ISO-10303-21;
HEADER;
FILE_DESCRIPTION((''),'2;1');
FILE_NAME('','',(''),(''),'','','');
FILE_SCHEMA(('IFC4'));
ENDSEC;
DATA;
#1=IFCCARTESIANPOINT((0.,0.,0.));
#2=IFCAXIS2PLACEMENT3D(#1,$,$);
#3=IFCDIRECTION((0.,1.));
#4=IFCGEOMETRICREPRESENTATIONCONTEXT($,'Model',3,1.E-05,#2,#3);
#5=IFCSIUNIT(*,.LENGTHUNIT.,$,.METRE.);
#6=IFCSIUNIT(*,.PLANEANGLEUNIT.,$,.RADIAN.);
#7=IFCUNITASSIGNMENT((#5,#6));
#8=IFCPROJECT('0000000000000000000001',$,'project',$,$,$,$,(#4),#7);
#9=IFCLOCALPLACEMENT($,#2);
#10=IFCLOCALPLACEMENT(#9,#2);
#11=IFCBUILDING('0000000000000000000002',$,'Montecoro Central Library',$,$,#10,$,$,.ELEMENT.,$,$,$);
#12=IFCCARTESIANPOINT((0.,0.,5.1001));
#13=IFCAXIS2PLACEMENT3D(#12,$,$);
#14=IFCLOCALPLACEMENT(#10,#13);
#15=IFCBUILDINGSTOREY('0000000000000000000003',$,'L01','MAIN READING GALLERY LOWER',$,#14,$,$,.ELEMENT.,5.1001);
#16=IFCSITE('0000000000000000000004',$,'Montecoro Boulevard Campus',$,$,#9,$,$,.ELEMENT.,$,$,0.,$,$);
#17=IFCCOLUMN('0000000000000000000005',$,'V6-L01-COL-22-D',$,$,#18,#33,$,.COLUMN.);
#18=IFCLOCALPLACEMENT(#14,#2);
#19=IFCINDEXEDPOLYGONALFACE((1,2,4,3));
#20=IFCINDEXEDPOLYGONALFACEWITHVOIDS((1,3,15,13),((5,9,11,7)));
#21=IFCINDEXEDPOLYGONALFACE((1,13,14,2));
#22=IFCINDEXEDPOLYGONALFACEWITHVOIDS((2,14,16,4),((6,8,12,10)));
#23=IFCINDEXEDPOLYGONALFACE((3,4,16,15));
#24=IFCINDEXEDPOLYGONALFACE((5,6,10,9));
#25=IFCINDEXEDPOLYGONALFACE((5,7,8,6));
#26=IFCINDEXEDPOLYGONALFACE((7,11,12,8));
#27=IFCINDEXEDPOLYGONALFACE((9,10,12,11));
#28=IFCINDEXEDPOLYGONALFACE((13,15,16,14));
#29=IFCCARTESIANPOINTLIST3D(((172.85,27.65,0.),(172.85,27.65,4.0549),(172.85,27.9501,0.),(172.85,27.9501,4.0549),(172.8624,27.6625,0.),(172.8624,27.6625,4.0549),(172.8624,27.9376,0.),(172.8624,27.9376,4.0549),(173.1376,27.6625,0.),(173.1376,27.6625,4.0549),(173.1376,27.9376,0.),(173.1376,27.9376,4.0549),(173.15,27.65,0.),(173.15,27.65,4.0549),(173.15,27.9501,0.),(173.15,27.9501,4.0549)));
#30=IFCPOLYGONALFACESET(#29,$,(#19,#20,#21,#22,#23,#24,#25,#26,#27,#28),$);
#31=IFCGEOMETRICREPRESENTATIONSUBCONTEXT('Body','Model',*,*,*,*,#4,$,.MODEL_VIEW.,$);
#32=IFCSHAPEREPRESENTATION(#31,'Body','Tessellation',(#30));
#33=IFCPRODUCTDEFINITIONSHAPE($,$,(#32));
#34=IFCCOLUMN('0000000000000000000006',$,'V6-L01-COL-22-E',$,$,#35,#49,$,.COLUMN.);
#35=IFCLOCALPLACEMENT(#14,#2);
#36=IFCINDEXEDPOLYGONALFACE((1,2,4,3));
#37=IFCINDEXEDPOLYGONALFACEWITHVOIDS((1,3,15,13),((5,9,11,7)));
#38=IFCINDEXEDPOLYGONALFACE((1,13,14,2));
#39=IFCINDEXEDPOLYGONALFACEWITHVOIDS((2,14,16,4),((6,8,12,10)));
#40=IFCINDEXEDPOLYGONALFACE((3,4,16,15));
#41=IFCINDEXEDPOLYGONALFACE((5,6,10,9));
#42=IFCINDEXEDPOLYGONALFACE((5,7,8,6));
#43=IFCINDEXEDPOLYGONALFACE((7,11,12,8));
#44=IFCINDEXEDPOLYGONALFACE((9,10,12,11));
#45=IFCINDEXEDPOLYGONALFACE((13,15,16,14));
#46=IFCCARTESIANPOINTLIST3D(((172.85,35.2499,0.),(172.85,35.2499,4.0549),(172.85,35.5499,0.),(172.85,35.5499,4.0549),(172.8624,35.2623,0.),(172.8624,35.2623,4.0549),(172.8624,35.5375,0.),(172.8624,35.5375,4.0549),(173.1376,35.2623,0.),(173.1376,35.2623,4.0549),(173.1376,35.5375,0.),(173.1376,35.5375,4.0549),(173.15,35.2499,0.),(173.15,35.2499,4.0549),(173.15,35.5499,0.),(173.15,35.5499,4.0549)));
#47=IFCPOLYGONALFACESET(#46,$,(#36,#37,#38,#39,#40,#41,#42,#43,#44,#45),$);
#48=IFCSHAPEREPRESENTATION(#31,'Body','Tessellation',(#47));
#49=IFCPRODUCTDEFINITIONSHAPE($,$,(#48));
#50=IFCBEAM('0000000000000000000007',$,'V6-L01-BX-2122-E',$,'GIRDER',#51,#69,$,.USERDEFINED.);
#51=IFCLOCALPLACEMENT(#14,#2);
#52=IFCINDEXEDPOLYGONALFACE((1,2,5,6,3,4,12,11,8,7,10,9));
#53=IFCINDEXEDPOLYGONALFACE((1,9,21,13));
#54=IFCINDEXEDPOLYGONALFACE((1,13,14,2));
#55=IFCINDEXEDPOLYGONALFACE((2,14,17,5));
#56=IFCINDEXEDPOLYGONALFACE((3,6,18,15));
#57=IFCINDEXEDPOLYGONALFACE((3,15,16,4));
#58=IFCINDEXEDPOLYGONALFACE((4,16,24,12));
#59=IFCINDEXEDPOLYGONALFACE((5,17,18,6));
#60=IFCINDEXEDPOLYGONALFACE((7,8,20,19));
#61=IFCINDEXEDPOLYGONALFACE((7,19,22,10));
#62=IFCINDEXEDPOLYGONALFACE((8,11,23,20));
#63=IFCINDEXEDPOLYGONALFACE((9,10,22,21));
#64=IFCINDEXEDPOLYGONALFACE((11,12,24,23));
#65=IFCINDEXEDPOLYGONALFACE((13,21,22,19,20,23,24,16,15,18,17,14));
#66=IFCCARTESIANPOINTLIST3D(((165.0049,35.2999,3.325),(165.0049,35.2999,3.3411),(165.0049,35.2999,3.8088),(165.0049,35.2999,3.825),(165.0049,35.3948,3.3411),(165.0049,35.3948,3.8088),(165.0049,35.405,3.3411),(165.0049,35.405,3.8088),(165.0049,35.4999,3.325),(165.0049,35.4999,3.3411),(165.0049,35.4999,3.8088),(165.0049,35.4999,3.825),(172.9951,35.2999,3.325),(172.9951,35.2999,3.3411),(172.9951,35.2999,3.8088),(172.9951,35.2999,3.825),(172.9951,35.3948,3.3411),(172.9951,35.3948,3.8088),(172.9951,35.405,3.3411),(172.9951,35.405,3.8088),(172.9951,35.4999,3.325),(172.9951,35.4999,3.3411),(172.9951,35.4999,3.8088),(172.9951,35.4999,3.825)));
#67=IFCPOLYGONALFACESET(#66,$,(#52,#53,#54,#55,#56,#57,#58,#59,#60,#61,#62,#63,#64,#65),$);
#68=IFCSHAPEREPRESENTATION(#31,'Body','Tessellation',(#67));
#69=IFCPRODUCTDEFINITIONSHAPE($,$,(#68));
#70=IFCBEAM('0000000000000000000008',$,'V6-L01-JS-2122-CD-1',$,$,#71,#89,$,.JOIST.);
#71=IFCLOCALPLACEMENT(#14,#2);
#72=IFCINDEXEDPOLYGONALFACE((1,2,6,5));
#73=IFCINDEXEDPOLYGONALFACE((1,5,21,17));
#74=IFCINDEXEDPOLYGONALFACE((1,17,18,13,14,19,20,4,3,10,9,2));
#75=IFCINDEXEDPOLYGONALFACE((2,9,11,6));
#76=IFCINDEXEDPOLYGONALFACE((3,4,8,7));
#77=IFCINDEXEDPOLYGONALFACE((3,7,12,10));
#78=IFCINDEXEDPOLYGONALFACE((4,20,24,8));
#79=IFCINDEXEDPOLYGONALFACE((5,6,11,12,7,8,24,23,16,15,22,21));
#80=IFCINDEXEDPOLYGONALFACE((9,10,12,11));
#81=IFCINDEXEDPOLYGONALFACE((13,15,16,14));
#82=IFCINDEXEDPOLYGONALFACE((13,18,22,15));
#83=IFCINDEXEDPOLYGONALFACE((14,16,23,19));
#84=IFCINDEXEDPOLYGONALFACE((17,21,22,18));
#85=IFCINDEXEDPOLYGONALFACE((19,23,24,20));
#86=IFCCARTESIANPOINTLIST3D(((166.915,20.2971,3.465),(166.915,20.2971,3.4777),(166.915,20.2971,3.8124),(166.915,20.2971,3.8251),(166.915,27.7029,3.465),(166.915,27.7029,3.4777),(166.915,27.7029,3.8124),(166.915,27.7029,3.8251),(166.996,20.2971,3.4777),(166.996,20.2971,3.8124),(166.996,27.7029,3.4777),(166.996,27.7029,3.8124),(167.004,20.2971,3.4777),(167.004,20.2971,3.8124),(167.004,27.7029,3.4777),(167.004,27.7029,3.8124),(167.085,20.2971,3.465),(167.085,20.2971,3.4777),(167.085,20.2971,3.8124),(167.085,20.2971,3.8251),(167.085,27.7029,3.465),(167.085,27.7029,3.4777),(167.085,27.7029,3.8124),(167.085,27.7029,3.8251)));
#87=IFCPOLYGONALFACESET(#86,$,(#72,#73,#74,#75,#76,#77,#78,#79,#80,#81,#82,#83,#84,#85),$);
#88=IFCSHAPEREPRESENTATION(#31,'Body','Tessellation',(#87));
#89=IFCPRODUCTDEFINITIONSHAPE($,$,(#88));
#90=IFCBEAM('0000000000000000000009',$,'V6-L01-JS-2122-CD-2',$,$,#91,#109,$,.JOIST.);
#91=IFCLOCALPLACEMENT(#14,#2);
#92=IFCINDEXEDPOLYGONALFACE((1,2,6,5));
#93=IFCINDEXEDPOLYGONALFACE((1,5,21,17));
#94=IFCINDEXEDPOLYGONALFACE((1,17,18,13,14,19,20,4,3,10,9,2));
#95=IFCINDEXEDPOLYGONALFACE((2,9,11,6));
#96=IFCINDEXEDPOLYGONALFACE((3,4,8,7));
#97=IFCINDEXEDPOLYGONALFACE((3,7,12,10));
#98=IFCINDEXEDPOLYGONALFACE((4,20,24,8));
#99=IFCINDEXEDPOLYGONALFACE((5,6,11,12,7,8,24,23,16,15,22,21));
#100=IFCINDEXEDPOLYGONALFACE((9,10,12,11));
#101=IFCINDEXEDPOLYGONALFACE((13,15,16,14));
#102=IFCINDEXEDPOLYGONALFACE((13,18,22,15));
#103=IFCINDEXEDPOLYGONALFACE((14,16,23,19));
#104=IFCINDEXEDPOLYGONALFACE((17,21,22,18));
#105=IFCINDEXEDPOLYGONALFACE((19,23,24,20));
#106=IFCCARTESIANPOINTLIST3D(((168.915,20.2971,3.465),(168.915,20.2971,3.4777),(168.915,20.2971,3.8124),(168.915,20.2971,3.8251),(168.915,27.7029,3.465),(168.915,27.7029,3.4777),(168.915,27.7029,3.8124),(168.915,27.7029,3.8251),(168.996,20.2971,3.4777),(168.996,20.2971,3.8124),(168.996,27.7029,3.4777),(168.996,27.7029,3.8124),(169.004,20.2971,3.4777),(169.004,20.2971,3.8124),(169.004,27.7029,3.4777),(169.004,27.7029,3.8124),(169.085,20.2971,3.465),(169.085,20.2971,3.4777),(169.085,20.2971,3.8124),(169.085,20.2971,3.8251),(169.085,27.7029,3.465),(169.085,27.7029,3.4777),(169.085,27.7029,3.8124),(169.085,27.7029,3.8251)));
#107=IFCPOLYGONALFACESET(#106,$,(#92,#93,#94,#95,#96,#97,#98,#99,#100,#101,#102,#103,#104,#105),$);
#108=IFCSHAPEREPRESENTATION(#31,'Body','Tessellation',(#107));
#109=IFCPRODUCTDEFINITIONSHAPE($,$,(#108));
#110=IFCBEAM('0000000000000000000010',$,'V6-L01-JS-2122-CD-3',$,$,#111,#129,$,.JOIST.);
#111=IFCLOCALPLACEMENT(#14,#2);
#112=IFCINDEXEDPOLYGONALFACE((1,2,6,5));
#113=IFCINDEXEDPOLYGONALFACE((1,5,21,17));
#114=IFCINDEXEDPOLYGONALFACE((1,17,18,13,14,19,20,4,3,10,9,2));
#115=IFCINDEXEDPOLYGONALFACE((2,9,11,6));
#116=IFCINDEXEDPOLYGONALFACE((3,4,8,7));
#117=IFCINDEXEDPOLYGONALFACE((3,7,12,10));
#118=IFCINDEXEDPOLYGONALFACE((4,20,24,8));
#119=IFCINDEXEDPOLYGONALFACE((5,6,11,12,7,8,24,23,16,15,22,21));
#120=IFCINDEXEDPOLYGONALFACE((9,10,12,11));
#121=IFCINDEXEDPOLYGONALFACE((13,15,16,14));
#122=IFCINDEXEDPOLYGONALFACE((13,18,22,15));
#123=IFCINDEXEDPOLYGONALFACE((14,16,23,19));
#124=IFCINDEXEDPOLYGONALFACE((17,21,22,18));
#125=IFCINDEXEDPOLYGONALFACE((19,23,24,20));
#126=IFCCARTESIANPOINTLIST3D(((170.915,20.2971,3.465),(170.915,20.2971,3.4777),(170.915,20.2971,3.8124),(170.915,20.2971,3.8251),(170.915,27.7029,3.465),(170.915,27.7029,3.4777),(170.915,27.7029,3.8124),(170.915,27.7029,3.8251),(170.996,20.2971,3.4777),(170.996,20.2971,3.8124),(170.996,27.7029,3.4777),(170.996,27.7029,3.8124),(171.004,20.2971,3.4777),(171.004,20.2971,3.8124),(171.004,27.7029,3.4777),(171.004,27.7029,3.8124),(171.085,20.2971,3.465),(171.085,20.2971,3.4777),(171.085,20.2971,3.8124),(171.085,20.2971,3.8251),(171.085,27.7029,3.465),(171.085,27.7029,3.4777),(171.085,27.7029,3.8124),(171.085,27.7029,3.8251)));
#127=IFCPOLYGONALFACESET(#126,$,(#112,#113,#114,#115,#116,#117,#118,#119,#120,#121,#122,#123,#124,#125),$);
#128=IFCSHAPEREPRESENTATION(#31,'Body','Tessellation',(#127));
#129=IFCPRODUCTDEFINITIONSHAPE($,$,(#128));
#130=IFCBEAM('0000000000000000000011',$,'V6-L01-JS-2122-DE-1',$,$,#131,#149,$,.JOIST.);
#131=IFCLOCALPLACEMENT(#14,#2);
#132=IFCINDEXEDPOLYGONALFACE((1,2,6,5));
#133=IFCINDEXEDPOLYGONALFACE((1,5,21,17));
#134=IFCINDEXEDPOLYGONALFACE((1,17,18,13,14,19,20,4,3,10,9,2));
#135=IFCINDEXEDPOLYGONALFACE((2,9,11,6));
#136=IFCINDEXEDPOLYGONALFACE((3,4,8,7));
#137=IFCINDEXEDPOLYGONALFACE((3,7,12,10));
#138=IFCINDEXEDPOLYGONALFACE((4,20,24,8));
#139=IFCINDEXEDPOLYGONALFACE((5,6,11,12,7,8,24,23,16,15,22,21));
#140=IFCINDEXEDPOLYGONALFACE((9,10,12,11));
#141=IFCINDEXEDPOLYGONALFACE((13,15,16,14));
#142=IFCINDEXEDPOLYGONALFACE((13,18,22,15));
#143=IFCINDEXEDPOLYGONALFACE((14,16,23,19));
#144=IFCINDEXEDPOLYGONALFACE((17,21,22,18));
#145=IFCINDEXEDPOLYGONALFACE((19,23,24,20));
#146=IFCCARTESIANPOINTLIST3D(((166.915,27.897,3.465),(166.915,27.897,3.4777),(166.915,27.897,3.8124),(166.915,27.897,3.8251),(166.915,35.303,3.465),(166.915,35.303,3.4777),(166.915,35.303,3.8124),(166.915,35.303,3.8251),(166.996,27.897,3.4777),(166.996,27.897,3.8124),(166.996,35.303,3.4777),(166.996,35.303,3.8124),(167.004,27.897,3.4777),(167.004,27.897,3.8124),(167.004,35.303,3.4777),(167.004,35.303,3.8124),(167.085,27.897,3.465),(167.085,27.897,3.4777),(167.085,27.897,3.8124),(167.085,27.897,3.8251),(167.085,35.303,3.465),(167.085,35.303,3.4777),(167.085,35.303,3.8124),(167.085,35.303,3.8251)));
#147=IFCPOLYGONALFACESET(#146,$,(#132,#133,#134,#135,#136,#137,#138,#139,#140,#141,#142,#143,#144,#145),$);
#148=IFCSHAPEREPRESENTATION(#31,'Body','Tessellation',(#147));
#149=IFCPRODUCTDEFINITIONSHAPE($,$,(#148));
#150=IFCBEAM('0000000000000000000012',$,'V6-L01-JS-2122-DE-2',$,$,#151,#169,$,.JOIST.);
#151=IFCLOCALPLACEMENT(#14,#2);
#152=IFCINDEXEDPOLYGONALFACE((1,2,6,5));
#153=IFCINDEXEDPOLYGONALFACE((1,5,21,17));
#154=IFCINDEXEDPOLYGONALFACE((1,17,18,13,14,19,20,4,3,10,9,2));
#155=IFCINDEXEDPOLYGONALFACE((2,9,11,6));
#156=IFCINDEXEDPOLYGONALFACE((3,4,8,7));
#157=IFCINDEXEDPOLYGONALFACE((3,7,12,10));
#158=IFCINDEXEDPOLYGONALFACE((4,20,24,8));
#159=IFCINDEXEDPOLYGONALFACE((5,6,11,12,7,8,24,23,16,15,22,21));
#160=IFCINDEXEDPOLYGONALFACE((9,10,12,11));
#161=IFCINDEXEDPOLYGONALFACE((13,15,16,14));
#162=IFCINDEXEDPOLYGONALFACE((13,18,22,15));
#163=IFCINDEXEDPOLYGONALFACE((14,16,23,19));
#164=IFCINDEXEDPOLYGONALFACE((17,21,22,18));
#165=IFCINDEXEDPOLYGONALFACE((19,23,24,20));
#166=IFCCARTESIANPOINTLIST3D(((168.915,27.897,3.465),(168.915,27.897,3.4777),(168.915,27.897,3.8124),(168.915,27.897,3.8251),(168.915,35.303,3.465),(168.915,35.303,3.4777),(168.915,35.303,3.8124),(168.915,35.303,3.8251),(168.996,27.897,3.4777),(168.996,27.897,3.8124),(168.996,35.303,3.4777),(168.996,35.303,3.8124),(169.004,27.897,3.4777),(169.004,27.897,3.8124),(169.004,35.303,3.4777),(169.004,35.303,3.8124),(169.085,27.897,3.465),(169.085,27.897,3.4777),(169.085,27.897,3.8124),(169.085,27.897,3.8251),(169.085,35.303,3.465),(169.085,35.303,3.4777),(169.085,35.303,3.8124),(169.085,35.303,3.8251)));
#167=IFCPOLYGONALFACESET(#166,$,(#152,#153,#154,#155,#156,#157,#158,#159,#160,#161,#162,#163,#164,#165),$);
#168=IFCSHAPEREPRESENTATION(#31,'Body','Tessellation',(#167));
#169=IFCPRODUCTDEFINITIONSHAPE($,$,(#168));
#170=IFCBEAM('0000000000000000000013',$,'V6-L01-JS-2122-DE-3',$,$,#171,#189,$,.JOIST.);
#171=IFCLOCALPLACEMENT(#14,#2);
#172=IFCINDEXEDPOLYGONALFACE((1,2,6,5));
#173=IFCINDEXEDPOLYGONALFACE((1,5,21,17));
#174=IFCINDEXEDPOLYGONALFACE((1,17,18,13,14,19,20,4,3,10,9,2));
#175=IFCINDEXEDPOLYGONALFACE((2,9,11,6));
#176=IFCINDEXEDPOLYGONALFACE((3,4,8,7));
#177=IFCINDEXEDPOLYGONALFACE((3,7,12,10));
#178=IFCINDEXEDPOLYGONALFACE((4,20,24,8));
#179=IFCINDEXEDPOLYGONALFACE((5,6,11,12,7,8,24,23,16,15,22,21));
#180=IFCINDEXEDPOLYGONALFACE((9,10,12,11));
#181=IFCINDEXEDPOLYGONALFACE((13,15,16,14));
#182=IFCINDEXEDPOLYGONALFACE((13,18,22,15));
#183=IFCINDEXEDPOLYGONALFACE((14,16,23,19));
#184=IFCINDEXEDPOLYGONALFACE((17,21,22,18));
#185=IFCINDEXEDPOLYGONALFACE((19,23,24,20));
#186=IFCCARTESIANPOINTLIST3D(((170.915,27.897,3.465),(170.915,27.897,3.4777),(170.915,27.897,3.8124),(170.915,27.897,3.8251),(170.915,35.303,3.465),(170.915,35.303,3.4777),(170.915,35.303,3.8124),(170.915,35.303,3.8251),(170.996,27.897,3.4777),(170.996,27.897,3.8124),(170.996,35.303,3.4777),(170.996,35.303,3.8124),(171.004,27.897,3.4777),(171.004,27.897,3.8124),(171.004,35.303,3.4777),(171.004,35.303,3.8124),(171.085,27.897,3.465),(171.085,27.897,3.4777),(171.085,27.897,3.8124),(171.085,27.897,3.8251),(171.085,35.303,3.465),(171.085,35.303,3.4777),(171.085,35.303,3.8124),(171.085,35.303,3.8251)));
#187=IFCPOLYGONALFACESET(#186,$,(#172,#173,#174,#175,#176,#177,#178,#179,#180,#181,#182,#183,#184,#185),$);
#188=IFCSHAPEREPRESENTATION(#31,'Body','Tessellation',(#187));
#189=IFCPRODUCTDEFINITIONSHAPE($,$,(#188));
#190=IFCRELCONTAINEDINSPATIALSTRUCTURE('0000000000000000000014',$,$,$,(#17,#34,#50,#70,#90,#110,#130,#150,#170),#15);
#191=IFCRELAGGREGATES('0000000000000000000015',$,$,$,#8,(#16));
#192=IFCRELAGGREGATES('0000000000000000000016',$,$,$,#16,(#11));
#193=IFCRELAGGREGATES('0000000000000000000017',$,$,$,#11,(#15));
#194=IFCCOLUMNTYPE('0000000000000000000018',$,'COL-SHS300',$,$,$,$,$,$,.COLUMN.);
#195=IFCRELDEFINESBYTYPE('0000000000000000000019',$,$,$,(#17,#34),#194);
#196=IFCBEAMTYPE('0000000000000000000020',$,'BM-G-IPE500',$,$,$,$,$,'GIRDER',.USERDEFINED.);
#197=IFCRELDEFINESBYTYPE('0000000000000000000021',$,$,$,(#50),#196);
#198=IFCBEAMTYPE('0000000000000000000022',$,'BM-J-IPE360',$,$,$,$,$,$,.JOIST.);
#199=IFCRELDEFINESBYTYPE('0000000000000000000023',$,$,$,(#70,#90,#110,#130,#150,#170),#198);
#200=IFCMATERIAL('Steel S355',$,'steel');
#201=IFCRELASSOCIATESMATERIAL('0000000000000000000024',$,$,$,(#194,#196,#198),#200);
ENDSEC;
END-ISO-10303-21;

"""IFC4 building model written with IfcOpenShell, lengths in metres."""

from ifc_helpers import new_model, si_unit, direction, frame, origin, origin_2d, place, context, subcontext, project, spatial, hollow_rectangle, i_section, extrude, material, material_profile, profile_set, type_object, element, save


model = new_model("IFC4")

# Units and contexts
model_context = context("Model", 3, precision=1e-05, world=origin(), true_north=direction((0.0, 1.0)))
body_context = subcontext(model_context, "Body", "Model", "MODEL_VIEW")
ifc_project = project(units=[si_unit("LENGTHUNIT", "METRE"), si_unit("PLANEANGLEUNIT", "RADIAN")], contexts=[model_context])

# Site, building, storey
site_placement = place(None, origin())
site = spatial("IfcSite", under=ifc_project, at=site_placement, Name="Montecoro Boulevard Campus", CompositionType="ELEMENT", RefElevation=0.0)
building_placement = place(site_placement, origin())
building = spatial("IfcBuilding", under=site, at=building_placement, Name="Montecoro Central Library", CompositionType="ELEMENT")
storey_placement = place(building_placement, frame((0.0, 0.0, 5.1001)))
storey = spatial("IfcBuildingStorey", under=building, at=storey_placement, Name="L01", Description="MAIN READING GALLERY LOWER", CompositionType="ELEMENT", Elevation=5.1001)

# Columns
ifc_material_1 = material(Name="Steel S355", Category="steel")
ifc_material_profile_1 = material_profile(ifc_material_1, hollow_rectangle(XDim=0.3, YDim=0.3, WallThickness=0.0125, at=origin_2d()), Name="SHS 300x300x12.5")
ifc_profile_set_1 = profile_set([ifc_material_profile_1], Name="Steel S355")
column_type = type_object("IfcColumnType", Name="COL-SHS300", PredefinedType="COLUMN", material=ifc_profile_set_1)
for number, where, z_axis, x_axis, name in (
    (1, (173.0, 27.8, 0.0), (0.0, 0.0, 1.0), (1.0, 0.0, 0.0), "V6-L01-COL-22-D"),
    (2, (173.0, 35.3999, 0.0), (0.0, 0.0, 1.0), (1.0, 0.0, 0.0), "V6-L01-COL-22-E"),
):
    element("IfcColumn", number, at=place(storey_placement, frame(where, z_axis=z_axis, x_axis=x_axis)), inside=storey, type_object=column_type, Name=name, PredefinedType="COLUMN", context=body_context, shape_type="SweptSolid", body=[
        extrude(hollow_rectangle(XDim=0.3, YDim=0.3, WallThickness=0.0125, at=origin_2d()), origin(), (0.0, 0.0, 1.0), 4.0549),
    ])

# Beams
ifc_material_profile_2 = material_profile(ifc_material_1, i_section(OverallWidth=0.2, OverallDepth=0.5, WebThickness=0.0103, FlangeThickness=0.0161, at=origin_2d()), Name="IPE 500")
ifc_profile_set_2 = profile_set([ifc_material_profile_2], Name="Steel S355")
beam_type_1 = type_object("IfcBeamType", Name="BM-G-IPE500", ElementType="GIRDER", PredefinedType="USERDEFINED", material=ifc_profile_set_2)
beam_placement = place(storey_placement, frame((165.0049, 35.3999, 3.575), z_axis=(1.0, 0.0, 0.0), x_axis=(0.0, 1.0, 0.0)))
element("IfcBeam", 3, at=beam_placement, inside=storey, type_object=beam_type_1, Name="V6-L01-BX-2122-E", ObjectType="GIRDER", PredefinedType="USERDEFINED", context=body_context, shape_type="SweptSolid", body=[
    extrude(i_section(OverallWidth=0.2, OverallDepth=0.5, WebThickness=0.0103, FlangeThickness=0.0161, at=origin_2d()), origin(), (0.0, 0.0, 1.0), 7.9902),
])
ifc_material_profile_3 = material_profile(ifc_material_1, i_section(OverallWidth=0.1699, OverallDepth=0.3601, WebThickness=0.0081, FlangeThickness=0.0127, at=origin_2d()), Name="IPE 360")
ifc_profile_set_3 = profile_set([ifc_material_profile_3], Name="Steel S355")
beam_type_2 = type_object("IfcBeamType", Name="BM-J-IPE360", PredefinedType="JOIST", material=ifc_profile_set_3)
for number, where, z_axis, x_axis, name in (
    (4, (167.0, 20.2971, 3.645), (0.0, 1.0, 0.0), (-1.0, 0.0, 0.0), "V6-L01-JS-2122-CD-1"),
    (5, (169.0, 20.2971, 3.645), (0.0, 1.0, 0.0), (-1.0, 0.0, 0.0), "V6-L01-JS-2122-CD-2"),
    (6, (171.0, 20.2971, 3.645), (0.0, 1.0, 0.0), (-1.0, 0.0, 0.0), "V6-L01-JS-2122-CD-3"),
):
    element("IfcBeam", number, at=place(storey_placement, frame(where, z_axis=z_axis, x_axis=x_axis)), inside=storey, type_object=beam_type_2, Name=name, PredefinedType="JOIST", context=body_context, shape_type="SweptSolid", body=[
        extrude(i_section(OverallWidth=0.1699, OverallDepth=0.3601, WebThickness=0.0081, FlangeThickness=0.0127, at=origin_2d()), origin(), (0.0, 0.0, 1.0), 7.4058),
    ])
for number, where, z_axis, x_axis, name in (
    (7, (167.0, 27.897, 3.645), (0.0, 1.0, 0.0), (-1.0, 0.0, 0.0), "V6-L01-JS-2122-DE-1"),
    (8, (169.0, 27.897, 3.645), (0.0, 1.0, 0.0), (-1.0, 0.0, 0.0), "V6-L01-JS-2122-DE-2"),
    (9, (171.0, 27.897, 3.645), (0.0, 1.0, 0.0), (-1.0, 0.0, 0.0), "V6-L01-JS-2122-DE-3"),
):
    element("IfcBeam", number, at=place(storey_placement, frame(where, z_axis=z_axis, x_axis=x_axis)), inside=storey, type_object=beam_type_2, Name=name, PredefinedType="JOIST", context=body_context, shape_type="SweptSolid", body=[
        extrude(i_section(OverallWidth=0.1699, OverallDepth=0.3601, WebThickness=0.0081, FlangeThickness=0.0127, at=origin_2d()), origin(), (0.0, 0.0, 1.0), 7.406),
    ])

save(model, "model.ifc")
